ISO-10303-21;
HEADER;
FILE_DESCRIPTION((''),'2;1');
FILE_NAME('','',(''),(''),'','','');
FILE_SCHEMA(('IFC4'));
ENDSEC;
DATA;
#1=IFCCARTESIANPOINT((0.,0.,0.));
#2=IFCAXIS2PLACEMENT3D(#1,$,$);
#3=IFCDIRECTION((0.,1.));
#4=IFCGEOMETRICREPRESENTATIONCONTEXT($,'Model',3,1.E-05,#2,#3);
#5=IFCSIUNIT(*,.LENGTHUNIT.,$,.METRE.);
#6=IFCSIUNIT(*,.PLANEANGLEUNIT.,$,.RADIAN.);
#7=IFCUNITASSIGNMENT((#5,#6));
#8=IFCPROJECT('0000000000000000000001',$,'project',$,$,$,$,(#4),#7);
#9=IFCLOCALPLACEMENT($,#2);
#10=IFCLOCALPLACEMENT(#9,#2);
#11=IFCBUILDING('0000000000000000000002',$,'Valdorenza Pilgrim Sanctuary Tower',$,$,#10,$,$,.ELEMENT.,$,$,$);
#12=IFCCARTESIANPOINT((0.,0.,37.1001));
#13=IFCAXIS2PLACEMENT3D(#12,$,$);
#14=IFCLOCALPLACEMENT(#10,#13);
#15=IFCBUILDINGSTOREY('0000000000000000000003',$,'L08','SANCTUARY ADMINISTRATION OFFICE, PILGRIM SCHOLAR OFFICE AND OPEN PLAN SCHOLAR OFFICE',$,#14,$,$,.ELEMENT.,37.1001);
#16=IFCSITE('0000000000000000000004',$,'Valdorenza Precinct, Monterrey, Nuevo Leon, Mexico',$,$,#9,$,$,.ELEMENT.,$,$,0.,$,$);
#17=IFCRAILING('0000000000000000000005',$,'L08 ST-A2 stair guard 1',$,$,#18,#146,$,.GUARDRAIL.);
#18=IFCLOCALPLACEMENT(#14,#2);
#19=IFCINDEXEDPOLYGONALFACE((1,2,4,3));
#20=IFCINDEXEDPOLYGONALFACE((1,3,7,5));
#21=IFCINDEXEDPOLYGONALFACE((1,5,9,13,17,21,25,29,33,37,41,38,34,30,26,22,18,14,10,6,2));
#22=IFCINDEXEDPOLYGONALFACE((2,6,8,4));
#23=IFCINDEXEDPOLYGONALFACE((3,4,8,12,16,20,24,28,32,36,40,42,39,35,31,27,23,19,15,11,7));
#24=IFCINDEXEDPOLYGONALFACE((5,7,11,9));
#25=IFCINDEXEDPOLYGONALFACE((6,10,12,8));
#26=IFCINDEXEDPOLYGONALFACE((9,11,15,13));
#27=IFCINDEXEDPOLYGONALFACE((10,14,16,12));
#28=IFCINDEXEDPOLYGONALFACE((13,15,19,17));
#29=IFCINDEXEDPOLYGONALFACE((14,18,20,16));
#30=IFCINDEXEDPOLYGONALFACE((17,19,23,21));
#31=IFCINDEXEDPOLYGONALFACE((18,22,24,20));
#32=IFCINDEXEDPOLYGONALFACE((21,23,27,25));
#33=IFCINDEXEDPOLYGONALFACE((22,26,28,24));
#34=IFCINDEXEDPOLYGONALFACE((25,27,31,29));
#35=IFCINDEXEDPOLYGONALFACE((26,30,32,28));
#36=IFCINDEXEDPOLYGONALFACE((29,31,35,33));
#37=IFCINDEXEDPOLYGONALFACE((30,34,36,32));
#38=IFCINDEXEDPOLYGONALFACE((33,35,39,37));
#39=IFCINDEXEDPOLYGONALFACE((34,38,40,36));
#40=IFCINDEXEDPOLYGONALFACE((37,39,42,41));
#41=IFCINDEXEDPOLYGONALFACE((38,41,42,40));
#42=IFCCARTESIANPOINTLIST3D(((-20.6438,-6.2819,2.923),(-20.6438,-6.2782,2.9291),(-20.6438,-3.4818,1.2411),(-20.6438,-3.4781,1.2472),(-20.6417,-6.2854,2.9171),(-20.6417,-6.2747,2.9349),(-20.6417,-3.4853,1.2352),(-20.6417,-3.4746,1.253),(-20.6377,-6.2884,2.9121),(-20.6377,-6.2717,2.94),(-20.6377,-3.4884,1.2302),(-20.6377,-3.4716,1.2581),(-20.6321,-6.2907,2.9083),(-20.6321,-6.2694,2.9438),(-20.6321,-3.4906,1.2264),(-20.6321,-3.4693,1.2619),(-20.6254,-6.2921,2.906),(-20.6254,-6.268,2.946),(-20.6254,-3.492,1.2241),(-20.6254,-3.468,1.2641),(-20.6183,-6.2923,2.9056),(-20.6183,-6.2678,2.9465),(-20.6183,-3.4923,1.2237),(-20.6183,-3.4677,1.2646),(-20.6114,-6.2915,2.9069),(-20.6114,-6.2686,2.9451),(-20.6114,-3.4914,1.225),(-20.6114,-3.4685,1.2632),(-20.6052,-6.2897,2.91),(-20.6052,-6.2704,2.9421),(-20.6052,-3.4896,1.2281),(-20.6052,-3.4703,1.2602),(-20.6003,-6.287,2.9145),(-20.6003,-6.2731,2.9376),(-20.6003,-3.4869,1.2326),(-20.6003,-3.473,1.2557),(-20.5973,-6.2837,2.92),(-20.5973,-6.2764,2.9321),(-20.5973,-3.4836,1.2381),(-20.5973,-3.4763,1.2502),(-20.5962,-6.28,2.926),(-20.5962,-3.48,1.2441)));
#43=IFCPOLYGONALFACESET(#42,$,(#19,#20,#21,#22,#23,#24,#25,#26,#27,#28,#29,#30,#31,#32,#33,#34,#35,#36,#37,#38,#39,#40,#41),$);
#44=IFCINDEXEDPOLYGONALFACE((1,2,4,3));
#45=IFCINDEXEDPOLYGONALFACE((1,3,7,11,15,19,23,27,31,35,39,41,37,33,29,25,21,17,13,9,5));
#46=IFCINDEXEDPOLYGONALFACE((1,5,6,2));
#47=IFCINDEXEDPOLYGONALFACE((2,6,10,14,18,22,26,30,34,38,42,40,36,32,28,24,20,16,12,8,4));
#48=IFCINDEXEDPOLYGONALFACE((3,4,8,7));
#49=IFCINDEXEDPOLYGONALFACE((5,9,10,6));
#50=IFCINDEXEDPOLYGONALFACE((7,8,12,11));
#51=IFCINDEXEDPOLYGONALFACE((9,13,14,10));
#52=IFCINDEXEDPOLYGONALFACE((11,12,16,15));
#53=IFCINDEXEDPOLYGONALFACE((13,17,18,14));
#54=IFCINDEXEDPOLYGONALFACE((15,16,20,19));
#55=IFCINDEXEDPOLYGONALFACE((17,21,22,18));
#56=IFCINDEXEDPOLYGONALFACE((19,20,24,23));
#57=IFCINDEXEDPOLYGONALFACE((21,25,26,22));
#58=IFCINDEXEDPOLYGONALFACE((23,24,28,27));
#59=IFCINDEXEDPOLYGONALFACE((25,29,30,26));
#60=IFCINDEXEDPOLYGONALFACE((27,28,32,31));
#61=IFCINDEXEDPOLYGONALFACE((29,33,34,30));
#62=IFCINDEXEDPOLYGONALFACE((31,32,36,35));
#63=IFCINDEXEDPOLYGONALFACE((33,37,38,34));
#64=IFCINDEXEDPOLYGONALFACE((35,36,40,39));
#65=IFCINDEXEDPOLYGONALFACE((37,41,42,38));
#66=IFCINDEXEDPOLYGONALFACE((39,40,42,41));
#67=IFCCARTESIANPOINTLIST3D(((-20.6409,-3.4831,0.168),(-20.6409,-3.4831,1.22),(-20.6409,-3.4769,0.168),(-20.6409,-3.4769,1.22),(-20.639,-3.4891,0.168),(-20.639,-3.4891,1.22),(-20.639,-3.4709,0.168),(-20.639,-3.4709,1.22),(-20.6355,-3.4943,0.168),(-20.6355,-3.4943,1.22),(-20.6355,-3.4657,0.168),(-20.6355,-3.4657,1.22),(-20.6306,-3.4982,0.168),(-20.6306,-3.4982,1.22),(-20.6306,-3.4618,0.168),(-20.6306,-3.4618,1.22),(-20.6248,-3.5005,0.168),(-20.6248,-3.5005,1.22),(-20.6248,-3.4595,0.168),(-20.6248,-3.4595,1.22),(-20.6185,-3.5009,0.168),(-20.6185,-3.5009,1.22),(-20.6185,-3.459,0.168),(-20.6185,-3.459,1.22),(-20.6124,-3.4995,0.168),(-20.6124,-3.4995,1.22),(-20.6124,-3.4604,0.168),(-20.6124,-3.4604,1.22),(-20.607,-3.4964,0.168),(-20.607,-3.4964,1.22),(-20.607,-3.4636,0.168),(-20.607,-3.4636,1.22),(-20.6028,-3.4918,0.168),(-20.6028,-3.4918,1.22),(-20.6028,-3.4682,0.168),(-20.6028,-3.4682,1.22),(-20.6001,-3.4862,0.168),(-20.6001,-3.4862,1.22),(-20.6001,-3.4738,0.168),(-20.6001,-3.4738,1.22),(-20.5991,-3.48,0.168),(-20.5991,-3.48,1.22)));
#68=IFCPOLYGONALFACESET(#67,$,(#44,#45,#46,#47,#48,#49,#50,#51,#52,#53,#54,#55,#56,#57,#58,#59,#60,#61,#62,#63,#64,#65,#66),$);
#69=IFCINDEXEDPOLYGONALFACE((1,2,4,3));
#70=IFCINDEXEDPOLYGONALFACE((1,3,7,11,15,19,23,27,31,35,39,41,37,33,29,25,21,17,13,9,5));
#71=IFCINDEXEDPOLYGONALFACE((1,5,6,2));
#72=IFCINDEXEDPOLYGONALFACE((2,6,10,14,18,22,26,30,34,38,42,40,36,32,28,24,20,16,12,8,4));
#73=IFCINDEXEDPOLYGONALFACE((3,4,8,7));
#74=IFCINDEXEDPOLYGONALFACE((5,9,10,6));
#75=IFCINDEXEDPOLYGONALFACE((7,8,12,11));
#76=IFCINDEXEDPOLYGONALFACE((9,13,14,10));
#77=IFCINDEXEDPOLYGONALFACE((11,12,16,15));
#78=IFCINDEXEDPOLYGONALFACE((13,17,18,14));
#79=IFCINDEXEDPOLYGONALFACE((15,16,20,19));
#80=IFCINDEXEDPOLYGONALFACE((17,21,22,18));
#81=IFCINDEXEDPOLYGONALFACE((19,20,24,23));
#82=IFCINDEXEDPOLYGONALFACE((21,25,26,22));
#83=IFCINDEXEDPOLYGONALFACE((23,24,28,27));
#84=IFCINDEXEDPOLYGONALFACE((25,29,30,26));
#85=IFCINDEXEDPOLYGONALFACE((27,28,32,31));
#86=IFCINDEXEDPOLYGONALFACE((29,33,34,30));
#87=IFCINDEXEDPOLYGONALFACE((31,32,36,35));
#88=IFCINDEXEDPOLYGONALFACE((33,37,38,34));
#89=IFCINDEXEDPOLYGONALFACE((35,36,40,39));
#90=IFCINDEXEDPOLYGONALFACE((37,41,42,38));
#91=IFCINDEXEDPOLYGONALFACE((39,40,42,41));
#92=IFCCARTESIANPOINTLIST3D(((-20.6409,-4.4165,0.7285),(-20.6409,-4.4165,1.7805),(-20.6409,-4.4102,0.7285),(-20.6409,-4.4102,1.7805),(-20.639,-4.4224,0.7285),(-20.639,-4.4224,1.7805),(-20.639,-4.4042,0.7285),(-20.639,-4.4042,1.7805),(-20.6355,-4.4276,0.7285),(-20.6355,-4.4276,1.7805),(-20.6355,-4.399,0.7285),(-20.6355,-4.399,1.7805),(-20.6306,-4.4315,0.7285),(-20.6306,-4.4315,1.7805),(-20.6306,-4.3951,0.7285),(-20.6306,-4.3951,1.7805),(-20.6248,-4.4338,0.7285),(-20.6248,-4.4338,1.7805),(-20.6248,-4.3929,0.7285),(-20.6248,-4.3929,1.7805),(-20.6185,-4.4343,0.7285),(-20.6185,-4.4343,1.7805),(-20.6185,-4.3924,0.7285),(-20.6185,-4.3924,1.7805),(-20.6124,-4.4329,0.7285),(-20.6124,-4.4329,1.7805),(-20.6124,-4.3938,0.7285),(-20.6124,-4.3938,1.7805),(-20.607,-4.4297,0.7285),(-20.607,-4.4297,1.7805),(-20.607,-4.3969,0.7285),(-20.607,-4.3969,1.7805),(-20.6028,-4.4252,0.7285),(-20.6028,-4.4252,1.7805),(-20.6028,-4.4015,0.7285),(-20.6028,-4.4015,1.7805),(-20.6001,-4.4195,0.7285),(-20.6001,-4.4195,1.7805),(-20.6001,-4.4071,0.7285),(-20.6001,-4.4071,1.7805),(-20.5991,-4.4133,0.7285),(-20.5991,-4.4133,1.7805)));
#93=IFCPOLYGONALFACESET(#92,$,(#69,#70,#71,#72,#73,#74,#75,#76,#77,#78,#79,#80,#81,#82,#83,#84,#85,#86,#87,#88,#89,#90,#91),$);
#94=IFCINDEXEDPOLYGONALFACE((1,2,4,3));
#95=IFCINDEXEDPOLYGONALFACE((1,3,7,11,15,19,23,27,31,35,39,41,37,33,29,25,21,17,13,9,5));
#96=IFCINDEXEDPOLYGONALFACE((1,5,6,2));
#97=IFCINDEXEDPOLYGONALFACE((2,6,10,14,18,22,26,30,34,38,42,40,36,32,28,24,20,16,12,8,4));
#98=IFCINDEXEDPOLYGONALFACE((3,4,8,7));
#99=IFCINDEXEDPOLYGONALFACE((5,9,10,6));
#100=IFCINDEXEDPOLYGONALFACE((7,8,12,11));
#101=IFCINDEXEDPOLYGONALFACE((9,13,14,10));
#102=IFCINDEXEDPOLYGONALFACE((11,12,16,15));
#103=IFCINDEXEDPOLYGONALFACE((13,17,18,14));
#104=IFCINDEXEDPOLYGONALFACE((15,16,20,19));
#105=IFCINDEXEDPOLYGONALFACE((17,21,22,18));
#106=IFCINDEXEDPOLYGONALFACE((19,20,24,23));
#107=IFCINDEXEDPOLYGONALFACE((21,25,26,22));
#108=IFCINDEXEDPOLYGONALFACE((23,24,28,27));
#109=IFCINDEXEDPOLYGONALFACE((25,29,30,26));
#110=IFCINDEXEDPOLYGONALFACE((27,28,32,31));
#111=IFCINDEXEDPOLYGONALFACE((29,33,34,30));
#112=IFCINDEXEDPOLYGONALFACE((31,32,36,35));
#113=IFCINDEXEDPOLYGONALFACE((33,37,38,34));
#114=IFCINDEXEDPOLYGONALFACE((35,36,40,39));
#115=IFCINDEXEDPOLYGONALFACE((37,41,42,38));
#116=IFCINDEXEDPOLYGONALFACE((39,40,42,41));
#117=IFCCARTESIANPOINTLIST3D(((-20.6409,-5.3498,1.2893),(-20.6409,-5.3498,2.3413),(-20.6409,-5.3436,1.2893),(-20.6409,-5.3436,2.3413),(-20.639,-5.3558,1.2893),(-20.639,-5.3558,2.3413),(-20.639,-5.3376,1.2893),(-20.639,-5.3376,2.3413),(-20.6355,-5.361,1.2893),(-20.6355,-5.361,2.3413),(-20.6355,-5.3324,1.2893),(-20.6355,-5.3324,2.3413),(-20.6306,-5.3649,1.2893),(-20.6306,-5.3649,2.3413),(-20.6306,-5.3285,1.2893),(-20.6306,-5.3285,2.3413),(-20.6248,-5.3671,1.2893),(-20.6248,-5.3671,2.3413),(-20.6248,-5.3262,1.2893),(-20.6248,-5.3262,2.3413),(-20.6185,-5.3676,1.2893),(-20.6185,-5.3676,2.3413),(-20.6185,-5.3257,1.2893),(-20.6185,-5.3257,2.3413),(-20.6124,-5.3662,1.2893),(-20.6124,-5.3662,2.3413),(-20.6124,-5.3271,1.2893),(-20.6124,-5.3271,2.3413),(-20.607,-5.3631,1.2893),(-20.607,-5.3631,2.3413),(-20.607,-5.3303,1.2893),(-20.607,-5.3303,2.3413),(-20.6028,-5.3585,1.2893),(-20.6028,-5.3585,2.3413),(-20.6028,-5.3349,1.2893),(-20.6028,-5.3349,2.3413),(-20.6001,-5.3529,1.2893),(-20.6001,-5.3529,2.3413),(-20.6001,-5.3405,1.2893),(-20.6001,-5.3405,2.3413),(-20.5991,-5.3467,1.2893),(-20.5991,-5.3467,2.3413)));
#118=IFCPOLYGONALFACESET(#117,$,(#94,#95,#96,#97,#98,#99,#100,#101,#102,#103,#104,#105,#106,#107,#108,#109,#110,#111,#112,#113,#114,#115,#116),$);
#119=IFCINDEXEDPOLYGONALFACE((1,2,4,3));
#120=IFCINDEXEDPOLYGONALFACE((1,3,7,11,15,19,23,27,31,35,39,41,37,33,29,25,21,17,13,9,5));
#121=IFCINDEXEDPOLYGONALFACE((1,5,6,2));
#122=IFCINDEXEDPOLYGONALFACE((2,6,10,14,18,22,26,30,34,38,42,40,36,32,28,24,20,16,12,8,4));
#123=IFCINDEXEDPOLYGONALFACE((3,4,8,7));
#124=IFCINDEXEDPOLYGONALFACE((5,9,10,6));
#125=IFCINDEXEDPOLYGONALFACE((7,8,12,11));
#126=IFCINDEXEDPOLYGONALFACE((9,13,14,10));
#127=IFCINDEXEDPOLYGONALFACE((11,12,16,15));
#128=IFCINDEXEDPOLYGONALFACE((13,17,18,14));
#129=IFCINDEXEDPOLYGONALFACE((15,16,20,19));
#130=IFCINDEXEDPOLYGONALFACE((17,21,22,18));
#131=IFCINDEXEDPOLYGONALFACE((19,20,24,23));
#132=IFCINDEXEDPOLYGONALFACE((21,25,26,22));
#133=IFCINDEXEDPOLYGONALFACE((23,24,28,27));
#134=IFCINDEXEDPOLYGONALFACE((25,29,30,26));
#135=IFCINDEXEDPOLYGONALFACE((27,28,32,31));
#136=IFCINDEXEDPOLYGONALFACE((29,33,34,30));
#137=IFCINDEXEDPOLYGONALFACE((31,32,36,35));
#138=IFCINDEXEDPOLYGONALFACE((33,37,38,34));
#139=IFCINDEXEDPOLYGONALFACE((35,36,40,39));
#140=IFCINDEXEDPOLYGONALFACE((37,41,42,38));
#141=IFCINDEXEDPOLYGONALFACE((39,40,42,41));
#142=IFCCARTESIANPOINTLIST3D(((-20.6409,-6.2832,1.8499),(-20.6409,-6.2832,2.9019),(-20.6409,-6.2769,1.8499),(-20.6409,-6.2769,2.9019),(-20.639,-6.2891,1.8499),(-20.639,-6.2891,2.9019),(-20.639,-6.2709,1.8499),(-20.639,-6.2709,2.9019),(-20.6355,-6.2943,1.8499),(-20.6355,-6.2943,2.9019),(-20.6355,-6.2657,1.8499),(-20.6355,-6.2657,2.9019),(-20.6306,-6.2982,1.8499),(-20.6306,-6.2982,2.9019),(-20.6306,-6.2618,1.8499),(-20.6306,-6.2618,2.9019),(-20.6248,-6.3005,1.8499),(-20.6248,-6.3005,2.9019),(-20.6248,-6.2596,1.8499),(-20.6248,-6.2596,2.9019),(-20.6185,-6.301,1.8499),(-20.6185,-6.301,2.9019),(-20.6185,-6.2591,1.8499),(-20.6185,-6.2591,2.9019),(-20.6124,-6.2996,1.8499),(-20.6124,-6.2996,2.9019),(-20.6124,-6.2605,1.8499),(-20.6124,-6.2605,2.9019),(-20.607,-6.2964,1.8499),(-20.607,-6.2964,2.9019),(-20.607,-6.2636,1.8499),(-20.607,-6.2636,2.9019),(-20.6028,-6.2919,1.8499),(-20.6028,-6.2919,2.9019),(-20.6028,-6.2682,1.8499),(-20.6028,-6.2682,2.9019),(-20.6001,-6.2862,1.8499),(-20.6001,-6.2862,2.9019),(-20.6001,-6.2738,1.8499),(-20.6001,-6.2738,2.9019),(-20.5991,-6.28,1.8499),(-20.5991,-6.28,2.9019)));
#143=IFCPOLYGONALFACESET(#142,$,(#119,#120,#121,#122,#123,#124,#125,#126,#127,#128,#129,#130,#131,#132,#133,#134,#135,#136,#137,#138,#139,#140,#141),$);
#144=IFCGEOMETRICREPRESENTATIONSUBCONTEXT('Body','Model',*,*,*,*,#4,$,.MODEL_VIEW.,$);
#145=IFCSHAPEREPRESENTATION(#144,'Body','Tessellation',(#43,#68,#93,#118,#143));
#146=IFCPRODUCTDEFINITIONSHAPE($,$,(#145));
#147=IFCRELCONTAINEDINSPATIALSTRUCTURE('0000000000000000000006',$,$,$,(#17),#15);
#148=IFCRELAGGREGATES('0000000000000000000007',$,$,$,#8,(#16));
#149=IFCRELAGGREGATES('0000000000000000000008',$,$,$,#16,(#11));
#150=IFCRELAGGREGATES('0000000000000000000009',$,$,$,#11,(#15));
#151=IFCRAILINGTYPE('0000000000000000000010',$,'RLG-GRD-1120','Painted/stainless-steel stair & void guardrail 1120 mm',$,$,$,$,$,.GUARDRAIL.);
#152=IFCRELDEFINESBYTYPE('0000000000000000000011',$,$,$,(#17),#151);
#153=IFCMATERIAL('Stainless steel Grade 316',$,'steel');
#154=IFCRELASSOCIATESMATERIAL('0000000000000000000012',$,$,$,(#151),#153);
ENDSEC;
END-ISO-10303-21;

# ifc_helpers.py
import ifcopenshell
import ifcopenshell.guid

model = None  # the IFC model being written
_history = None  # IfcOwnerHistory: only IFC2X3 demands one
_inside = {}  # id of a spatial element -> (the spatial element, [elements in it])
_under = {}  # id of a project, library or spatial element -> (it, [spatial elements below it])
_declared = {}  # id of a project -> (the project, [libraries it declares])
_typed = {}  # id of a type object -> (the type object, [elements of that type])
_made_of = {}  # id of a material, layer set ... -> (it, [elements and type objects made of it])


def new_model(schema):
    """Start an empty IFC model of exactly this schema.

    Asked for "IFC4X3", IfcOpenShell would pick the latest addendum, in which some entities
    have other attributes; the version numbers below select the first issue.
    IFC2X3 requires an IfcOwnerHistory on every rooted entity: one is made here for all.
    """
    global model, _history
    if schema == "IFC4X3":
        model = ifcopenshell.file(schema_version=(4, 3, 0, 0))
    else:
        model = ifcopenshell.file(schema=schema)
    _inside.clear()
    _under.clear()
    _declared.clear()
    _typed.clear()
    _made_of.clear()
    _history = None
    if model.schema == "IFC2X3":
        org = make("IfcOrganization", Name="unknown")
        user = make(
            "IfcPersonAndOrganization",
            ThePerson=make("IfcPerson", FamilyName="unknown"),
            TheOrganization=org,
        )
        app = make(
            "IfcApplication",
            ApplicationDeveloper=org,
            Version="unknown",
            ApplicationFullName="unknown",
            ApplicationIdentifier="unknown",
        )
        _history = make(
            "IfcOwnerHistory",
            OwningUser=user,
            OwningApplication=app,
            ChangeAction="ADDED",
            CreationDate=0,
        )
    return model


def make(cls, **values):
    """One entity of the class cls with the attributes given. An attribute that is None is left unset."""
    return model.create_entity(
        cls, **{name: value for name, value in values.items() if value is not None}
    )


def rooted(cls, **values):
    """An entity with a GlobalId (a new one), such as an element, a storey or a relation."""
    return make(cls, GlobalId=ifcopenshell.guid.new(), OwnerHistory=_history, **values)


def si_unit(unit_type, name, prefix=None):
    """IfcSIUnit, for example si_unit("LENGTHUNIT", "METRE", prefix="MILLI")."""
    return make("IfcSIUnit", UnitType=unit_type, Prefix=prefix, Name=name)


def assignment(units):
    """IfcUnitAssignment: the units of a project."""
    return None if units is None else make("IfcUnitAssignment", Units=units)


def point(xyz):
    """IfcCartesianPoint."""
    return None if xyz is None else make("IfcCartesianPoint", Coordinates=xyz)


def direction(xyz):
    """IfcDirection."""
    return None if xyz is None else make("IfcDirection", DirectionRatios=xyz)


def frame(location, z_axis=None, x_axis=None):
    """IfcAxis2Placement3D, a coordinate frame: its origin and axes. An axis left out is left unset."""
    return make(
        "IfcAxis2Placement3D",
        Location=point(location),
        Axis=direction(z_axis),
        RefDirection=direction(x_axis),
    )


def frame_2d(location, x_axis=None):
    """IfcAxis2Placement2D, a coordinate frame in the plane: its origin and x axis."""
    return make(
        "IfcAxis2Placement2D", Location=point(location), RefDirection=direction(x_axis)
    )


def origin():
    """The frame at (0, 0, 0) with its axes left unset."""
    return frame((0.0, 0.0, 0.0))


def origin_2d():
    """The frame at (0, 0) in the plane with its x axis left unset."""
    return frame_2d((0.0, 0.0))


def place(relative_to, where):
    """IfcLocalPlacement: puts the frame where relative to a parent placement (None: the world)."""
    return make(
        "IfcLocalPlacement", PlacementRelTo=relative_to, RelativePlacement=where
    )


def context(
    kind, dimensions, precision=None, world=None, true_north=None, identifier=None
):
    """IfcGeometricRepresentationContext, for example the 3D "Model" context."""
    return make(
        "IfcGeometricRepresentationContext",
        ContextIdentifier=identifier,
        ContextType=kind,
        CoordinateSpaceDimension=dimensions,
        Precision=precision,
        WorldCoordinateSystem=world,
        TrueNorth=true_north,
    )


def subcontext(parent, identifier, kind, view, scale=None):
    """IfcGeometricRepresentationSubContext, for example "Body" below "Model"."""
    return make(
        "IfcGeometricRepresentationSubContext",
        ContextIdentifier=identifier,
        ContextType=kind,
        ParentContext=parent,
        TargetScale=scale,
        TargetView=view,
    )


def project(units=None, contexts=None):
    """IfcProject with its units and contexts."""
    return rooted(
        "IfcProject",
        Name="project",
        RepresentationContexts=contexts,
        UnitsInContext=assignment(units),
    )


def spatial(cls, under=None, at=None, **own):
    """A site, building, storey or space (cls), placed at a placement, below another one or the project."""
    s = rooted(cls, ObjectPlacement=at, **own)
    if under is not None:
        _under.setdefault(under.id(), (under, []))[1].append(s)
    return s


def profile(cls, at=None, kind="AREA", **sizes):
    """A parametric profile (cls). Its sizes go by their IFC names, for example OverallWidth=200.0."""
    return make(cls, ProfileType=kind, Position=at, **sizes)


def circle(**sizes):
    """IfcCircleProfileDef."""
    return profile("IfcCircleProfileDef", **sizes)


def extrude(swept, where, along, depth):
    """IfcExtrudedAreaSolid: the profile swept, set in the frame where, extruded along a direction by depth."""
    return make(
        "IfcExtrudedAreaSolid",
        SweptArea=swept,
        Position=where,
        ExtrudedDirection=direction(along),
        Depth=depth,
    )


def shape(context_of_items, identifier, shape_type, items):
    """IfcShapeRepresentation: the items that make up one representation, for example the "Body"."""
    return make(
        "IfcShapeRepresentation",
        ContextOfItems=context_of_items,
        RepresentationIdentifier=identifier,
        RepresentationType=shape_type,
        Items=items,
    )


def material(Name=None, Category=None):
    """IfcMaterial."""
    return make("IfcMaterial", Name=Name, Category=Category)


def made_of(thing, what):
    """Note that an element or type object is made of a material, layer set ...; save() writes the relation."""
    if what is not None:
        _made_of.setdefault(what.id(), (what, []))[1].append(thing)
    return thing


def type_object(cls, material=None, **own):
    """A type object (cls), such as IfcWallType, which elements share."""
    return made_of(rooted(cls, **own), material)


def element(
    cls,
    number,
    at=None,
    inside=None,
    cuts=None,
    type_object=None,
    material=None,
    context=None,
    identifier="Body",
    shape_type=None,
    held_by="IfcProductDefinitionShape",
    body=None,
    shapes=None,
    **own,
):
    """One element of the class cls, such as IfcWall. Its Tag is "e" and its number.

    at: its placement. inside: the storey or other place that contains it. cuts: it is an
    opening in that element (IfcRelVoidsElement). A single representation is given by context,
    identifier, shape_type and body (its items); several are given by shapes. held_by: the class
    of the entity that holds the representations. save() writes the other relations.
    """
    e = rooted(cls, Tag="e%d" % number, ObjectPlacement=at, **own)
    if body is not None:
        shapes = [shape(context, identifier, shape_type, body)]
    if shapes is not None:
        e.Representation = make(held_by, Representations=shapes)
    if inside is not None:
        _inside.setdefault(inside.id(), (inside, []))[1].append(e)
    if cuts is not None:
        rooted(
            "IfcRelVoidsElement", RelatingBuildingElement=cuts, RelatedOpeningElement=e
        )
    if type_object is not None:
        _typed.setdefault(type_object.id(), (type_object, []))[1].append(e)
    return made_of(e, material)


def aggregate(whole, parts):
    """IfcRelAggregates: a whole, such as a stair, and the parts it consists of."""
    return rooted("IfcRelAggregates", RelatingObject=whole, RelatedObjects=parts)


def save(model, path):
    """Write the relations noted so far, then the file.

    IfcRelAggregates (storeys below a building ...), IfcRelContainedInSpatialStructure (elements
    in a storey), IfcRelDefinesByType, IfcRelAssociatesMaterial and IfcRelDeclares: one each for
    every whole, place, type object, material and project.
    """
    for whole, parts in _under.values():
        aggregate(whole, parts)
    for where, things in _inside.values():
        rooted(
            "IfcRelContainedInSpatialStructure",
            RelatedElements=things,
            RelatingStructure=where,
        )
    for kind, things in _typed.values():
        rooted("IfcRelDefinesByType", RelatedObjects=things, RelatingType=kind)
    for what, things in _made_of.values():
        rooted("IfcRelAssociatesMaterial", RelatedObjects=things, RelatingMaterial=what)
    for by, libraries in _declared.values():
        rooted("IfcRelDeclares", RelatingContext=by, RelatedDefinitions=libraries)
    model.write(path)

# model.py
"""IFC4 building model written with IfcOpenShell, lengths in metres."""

from ifc_helpers import new_model, si_unit, direction, frame, origin, origin_2d, place, context, subcontext, project, spatial, circle, extrude, material, type_object, element, save


model = new_model("IFC4")

# Units and contexts
model_context = context("Model", 3, precision=1e-05, world=origin(), true_north=direction((0.0, 1.0)))
body_context = subcontext(model_context, "Body", "Model", "MODEL_VIEW")
ifc_project = project(units=[si_unit("LENGTHUNIT", "METRE"), si_unit("PLANEANGLEUNIT", "RADIAN")], contexts=[model_context])

# Site, building, storey
site_placement = place(None, origin())
site = spatial("IfcSite", under=ifc_project, at=site_placement, Name="Valdorenza Precinct, Monterrey, Nuevo Leon, Mexico", CompositionType="ELEMENT", RefElevation=0.0)
building_placement = place(site_placement, origin())
building = spatial("IfcBuilding", under=site, at=building_placement, Name="Valdorenza Pilgrim Sanctuary Tower", CompositionType="ELEMENT")
storey_placement = place(building_placement, frame((0.0, 0.0, 37.1001)))
storey = spatial("IfcBuildingStorey", under=building, at=storey_placement, Name="L08", Description="SANCTUARY ADMINISTRATION OFFICE, PILGRIM SCHOLAR OFFICE AND OPEN PLAN SCHOLAR OFFICE", CompositionType="ELEMENT", Elevation=37.1001)

# Railing
ifc_material_1 = material(Name="Stainless steel Grade 316", Category="steel")
railing_type_1 = type_object("IfcRailingType", Name="RLG-GRD-1120", Description="Painted/stainless-steel stair & void guardrail 1120 mm", PredefinedType="GUARDRAIL", material=ifc_material_1)
railing_1_placement = place(storey_placement, frame((-20.6201, -3.48, 0.168)))
element("IfcRailing", 1, at=railing_1_placement, inside=storey, type_object=railing_type_1, Name="L08 ST-A2 stair guard 1", PredefinedType="GUARDRAIL", context=body_context, shape_type="SweptSolid", body=[
    extrude(circle(Radius=0.0239, at=origin_2d()), frame((0.0, 0.0, 1.0762), z_axis=(0.0, -0.857242, 0.514913), x_axis=(1.0, 0.0, 0.0)), (0.0, 0.0, 1.0), 3.2664),
    extrude(circle(Radius=0.021, at=origin_2d()), origin(), (0.0, 0.0, 1.0), 1.052),
    extrude(circle(Radius=0.021, at=origin_2d()), frame((0.0, -0.9333, 0.5605)), (0.0, 0.0, 1.0), 1.052),
    extrude(circle(Radius=0.021, at=origin_2d()), frame((0.0, -1.8667, 1.1213)), (0.0, 0.0, 1.0), 1.052),
    extrude(circle(Radius=0.021, at=origin_2d()), frame((0.0, -2.8, 1.6819)), (0.0, 0.0, 1.0), 1.052),
])

save(model, "model.ifc")
